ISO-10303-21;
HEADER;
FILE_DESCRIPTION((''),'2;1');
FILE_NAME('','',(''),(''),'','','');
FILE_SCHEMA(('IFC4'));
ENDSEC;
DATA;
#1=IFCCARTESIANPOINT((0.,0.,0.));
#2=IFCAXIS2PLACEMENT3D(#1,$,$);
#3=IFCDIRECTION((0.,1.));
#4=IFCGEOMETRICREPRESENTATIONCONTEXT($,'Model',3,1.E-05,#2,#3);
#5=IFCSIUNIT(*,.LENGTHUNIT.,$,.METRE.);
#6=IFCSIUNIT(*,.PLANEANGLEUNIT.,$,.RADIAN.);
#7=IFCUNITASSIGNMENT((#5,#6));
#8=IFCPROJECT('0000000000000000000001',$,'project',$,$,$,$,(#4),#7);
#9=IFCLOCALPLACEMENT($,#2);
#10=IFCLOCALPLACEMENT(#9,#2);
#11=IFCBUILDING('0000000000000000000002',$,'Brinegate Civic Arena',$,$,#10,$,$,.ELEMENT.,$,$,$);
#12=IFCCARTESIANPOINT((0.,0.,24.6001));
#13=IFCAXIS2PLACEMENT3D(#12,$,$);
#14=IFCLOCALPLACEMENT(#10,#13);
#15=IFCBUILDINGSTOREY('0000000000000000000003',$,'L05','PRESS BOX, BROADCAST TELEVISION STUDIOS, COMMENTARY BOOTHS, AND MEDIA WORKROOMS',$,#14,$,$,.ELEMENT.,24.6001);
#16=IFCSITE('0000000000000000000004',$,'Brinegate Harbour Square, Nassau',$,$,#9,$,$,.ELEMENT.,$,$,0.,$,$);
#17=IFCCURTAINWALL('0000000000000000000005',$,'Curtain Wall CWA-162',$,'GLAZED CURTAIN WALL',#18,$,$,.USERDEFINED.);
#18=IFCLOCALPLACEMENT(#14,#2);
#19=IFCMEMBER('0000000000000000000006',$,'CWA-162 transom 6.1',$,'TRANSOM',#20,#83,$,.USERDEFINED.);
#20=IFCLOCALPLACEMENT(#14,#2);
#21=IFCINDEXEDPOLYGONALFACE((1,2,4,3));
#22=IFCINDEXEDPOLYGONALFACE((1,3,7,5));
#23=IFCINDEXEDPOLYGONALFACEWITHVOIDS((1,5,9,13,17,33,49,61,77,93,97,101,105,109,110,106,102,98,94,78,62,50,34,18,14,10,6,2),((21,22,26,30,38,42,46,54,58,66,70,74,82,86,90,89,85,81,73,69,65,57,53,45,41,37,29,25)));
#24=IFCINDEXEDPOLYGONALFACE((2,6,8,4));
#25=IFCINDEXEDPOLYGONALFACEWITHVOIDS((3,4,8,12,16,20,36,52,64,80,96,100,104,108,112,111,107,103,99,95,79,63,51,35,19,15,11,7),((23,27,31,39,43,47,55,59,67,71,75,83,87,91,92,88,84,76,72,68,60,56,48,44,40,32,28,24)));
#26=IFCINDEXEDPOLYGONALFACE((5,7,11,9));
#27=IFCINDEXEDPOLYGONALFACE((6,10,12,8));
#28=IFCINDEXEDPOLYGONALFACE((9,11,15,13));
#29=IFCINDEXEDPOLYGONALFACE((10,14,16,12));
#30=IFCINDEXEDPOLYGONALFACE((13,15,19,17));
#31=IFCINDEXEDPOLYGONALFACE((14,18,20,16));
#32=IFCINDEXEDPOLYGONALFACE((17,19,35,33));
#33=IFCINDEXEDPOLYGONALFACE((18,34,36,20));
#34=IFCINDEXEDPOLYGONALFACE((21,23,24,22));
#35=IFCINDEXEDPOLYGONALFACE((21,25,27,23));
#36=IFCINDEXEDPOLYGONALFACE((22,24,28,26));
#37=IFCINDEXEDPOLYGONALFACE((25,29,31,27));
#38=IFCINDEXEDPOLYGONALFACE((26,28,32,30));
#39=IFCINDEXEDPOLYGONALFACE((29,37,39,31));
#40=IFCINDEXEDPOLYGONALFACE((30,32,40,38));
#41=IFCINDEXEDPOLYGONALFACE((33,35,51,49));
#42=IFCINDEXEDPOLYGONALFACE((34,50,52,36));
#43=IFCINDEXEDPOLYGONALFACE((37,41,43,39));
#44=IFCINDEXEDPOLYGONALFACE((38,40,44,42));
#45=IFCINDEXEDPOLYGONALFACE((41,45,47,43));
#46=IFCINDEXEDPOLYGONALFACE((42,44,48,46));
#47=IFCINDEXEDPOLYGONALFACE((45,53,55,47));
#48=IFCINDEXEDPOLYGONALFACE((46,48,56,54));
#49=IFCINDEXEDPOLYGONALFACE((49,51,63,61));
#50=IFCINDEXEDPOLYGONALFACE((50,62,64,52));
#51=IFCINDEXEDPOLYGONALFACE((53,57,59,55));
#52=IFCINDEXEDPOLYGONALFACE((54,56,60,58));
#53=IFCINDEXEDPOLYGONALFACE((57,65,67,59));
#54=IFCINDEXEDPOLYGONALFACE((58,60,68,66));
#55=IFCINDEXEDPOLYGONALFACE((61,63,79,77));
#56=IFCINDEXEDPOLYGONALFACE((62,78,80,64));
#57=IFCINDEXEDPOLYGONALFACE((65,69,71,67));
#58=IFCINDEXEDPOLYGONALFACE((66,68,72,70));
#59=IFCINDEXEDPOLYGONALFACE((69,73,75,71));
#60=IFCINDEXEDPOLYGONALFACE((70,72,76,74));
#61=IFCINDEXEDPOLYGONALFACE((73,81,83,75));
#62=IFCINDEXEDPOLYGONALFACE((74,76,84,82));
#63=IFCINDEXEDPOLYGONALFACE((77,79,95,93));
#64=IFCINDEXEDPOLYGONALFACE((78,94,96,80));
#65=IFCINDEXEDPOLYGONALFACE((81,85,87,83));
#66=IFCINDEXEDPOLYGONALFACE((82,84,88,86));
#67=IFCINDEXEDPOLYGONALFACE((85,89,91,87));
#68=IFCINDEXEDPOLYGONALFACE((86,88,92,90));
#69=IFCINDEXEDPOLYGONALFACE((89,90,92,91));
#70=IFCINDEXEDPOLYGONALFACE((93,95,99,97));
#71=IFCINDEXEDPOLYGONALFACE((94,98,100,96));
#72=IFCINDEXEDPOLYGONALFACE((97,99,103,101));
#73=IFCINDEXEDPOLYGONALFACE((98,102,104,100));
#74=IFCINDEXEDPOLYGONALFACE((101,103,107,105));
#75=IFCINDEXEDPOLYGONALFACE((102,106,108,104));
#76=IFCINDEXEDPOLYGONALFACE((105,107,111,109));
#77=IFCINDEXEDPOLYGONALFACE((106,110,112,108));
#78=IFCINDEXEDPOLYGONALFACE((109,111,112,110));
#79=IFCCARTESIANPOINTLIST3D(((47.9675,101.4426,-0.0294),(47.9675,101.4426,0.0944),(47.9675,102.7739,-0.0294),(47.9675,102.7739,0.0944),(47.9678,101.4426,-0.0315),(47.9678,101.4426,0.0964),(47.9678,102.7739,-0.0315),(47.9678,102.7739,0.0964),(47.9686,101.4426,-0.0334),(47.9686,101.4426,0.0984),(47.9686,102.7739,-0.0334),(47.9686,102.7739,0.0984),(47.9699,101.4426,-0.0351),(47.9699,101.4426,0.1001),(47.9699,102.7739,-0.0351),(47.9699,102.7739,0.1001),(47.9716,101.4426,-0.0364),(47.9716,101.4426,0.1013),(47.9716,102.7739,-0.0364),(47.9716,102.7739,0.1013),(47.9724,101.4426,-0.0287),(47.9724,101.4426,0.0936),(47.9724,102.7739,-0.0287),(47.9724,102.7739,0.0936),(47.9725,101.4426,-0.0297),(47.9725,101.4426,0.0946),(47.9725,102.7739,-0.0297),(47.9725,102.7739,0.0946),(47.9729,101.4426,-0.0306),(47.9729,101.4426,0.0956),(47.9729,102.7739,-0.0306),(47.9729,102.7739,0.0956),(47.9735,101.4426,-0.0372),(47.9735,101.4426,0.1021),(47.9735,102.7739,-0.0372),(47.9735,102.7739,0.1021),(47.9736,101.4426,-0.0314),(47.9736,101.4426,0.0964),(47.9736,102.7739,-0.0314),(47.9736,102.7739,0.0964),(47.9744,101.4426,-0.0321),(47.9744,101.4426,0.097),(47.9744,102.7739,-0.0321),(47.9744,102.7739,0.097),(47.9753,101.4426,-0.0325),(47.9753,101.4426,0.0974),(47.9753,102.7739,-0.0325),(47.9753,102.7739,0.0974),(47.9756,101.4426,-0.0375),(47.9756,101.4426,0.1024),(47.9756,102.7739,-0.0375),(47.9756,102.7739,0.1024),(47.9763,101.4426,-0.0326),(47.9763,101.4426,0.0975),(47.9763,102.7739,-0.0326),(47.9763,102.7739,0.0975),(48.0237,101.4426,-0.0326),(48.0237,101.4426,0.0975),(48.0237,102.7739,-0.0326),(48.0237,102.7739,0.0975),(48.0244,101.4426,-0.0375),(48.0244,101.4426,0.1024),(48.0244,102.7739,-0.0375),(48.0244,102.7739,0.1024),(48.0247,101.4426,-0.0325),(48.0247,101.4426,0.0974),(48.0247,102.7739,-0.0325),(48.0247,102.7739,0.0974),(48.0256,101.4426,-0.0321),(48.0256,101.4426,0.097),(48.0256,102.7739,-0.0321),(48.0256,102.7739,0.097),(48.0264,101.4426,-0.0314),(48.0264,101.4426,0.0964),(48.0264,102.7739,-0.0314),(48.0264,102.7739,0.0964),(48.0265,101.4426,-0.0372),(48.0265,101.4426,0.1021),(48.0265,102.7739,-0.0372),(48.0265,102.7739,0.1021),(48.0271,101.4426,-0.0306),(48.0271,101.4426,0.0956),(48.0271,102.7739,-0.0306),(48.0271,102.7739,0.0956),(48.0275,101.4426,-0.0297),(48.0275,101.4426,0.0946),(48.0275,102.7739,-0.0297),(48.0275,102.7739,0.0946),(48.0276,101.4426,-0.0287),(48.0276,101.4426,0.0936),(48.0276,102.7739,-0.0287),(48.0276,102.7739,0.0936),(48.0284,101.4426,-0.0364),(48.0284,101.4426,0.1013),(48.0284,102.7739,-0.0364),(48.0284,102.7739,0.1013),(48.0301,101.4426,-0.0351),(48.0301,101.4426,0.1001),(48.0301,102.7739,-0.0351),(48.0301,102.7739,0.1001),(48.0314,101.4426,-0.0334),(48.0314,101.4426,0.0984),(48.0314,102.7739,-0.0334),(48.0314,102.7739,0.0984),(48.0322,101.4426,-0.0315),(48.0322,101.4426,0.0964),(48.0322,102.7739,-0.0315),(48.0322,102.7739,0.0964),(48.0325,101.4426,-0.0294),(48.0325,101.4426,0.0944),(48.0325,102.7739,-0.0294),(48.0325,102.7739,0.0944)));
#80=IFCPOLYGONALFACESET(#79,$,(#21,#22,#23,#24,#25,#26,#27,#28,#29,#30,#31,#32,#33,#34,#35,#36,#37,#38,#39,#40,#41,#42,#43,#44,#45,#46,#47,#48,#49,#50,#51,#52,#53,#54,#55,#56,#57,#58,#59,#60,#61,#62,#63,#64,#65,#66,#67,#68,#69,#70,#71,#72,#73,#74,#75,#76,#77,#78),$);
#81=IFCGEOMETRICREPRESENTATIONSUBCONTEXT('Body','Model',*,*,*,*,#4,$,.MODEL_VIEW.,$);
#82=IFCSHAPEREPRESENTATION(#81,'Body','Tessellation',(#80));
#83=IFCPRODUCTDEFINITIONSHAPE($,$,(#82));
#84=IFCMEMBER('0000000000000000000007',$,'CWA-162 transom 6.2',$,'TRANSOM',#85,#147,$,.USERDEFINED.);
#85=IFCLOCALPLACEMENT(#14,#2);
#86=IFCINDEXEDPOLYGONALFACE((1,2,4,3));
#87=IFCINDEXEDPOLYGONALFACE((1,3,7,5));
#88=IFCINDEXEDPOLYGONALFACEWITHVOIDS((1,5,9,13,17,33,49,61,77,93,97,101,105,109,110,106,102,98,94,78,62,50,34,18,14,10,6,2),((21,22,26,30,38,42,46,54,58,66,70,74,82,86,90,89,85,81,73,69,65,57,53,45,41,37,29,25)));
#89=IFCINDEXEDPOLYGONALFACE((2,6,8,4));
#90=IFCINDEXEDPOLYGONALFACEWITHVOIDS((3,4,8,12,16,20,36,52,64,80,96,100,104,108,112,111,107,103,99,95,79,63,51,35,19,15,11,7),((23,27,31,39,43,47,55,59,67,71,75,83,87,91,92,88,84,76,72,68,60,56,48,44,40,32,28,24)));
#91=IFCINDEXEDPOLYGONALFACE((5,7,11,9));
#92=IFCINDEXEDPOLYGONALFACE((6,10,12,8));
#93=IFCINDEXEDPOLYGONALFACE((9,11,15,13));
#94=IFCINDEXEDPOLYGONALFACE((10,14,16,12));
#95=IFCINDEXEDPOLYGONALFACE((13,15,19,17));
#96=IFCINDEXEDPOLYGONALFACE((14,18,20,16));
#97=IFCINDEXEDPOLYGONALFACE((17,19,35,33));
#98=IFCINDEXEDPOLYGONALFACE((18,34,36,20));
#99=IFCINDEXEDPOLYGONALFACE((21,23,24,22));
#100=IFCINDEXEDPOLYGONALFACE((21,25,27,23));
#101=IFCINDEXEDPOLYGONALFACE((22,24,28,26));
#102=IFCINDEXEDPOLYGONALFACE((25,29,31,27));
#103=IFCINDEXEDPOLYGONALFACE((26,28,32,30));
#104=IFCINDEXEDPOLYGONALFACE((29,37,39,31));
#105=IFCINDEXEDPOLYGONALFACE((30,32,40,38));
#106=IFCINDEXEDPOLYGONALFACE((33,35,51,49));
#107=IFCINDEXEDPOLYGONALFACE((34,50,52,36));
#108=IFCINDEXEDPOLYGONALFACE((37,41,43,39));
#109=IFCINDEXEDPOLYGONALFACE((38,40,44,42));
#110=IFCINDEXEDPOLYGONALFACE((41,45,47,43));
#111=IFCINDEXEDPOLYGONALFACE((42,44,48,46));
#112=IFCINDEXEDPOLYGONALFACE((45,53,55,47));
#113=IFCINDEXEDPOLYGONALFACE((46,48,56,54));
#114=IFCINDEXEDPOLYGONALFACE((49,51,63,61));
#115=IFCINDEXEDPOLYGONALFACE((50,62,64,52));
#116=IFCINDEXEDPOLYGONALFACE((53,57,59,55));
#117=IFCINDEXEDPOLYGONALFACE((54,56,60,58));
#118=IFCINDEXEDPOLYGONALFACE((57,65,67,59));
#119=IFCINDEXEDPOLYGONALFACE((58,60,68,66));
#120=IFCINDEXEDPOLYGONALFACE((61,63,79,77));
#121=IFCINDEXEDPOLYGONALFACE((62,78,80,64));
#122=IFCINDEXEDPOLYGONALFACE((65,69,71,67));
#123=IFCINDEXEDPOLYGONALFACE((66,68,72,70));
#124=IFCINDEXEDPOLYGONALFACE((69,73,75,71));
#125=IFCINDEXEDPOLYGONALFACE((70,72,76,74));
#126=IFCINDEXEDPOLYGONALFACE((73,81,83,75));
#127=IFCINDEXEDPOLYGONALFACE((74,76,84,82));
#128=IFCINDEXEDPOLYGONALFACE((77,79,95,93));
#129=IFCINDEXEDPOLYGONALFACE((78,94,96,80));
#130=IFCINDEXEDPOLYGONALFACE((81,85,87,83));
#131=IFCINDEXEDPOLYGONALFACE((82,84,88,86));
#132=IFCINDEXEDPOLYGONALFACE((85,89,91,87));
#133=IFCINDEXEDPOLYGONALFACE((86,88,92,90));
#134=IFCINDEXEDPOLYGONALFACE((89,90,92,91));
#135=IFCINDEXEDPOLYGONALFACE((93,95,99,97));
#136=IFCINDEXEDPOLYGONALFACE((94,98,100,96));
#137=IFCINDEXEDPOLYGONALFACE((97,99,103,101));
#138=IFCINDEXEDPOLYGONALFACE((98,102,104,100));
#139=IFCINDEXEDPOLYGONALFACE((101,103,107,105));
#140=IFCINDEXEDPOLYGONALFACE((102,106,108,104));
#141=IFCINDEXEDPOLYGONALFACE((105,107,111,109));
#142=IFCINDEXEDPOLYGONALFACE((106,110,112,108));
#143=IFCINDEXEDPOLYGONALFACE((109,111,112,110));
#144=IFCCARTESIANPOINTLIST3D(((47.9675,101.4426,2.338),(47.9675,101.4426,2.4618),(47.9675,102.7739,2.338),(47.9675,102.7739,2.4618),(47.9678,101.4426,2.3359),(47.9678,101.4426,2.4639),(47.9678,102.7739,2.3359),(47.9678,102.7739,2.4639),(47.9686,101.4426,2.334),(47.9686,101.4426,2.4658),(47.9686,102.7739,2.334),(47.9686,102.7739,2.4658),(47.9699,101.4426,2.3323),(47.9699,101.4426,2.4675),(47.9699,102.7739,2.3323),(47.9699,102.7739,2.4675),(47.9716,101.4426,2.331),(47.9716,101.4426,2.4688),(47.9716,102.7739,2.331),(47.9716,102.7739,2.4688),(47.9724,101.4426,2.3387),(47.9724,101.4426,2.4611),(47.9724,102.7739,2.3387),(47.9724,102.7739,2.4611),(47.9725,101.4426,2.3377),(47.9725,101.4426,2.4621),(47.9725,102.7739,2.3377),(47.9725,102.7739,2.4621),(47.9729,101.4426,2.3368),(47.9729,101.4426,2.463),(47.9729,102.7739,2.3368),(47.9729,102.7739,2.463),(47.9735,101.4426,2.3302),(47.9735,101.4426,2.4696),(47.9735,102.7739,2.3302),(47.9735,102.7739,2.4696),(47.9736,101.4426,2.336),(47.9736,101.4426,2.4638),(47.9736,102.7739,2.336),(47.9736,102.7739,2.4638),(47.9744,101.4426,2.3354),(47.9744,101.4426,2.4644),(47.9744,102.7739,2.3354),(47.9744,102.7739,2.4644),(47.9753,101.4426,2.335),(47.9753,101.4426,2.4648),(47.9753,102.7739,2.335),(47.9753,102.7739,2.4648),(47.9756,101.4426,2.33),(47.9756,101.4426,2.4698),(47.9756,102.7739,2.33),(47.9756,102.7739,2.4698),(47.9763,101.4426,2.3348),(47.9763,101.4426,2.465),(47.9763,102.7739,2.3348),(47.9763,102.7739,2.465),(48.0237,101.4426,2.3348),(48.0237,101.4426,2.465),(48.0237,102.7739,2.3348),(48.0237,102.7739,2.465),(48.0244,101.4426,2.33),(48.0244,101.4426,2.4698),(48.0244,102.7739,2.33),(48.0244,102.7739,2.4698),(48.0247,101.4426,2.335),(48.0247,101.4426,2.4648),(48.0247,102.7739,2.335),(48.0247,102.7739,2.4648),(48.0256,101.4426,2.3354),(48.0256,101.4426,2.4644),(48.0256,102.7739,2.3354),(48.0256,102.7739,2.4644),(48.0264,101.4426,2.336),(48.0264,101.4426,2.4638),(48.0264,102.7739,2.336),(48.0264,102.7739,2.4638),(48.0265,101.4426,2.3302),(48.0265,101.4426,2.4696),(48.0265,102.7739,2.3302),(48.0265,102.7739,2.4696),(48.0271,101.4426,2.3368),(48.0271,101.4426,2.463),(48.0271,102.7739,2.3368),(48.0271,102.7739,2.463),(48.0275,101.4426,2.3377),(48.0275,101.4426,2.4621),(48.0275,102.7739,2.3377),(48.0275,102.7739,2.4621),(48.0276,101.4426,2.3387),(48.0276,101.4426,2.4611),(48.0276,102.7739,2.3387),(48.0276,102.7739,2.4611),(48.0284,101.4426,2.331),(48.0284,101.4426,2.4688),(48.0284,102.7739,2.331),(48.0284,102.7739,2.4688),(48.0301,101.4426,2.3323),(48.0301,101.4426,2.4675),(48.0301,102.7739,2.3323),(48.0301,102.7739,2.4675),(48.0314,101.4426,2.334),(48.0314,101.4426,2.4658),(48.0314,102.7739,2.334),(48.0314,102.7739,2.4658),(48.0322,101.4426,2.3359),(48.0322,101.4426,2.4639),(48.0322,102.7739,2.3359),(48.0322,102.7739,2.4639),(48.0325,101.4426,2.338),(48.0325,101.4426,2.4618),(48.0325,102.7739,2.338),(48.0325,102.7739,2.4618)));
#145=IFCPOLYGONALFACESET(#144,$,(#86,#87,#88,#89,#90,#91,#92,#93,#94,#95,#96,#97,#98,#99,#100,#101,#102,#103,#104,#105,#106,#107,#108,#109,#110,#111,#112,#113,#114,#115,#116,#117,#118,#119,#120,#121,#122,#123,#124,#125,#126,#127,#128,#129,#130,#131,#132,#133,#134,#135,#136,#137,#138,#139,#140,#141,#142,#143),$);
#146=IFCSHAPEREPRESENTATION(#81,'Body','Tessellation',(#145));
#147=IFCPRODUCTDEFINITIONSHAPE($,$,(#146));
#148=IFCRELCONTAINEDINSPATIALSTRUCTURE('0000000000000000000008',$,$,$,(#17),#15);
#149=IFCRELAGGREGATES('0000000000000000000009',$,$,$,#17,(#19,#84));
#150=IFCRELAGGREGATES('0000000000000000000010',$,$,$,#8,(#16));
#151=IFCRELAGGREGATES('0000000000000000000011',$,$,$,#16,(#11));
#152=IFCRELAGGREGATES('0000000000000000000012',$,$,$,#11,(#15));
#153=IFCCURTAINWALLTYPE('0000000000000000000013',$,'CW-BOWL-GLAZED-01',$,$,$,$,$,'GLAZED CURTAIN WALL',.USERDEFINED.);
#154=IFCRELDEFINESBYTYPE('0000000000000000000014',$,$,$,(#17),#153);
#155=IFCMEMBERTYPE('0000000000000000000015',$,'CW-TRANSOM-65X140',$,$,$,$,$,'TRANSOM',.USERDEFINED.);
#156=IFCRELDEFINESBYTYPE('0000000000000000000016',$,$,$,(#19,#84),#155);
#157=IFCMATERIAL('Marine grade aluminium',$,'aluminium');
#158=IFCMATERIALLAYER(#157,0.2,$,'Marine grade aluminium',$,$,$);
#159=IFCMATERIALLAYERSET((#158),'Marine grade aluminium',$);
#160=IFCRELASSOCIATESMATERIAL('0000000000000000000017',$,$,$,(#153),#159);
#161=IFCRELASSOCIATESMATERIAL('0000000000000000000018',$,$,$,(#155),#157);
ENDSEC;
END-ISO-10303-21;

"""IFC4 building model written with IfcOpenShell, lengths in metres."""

from ifc_helpers import new_model, si_unit, direction, frame, origin, origin_2d, place, context, subcontext, project, spatial, hollow_rectangle, extrude, material, layer, layer_set, material_profile, profile_set, type_object, element, aggregate, save


model = new_model("IFC4")

# Units and contexts
model_context = context("Model", 3, precision=1e-05, world=origin(), true_north=direction((0.0, 1.0)))
body_context = subcontext(model_context, "Body", "Model", "MODEL_VIEW")
ifc_project = project(units=[si_unit("LENGTHUNIT", "METRE"), si_unit("PLANEANGLEUNIT", "RADIAN")], contexts=[model_context])

# Site, building, storey
site_placement = place(None, origin())
site = spatial("IfcSite", under=ifc_project, at=site_placement, Name="Brinegate Harbour Square, Nassau", CompositionType="ELEMENT", RefElevation=0.0)
building_placement = place(site_placement, origin())
building = spatial("IfcBuilding", under=site, at=building_placement, Name="Brinegate Civic Arena", CompositionType="ELEMENT")
storey_placement = place(building_placement, frame((0.0, 0.0, 24.6001)))
storey = spatial("IfcBuildingStorey", under=building, at=storey_placement, Name="L05", Description="PRESS BOX, BROADCAST TELEVISION STUDIOS, COMMENTARY BOOTHS, AND MEDIA WORKROOMS", CompositionType="ELEMENT", Elevation=24.6001)

# Curtain wall, members
ifc_material_1 = material(Name="Marine grade aluminium", Category="aluminium")
ifc_layer_1 = layer(ifc_material_1, 0.2, Name="Marine grade aluminium")
ifc_layer_set_1 = layer_set([ifc_layer_1], Name="Marine grade aluminium")
curtain_wall_type = type_object("IfcCurtainWallType", Name="CW-BOWL-GLAZED-01", ElementType="GLAZED CURTAIN WALL", PredefinedType="USERDEFINED", material=ifc_layer_set_1)
curtain_wall_placement = place(storey_placement, origin())
curtain_wall = element("IfcCurtainWall", 1, at=curtain_wall_placement, inside=storey, type_object=curtain_wall_type, Name="Curtain Wall CWA-162", ObjectType="GLAZED CURTAIN WALL", PredefinedType="USERDEFINED")
ifc_material_profile_1 = material_profile(ifc_material_1, hollow_rectangle(XDim=0.0649, YDim=0.1399, WallThickness=0.0049, InnerFilletRadius=0.0039, OuterFilletRadius=0.0081, at=origin_2d()), Name="TRN65X140")
ifc_profile_set_1 = profile_set([ifc_material_profile_1], Name="Marine grade aluminium")
member_type_1 = type_object("IfcMemberType", Name="CW-TRANSOM-65X140", ElementType="TRANSOM", PredefinedType="USERDEFINED", material=ifc_profile_set_1)
member_1_placement = place(storey_placement, frame((48.0, 101.4426, 0.0325), z_axis=(0.0, 1.0, 0.0), x_axis=(-1.0, 0.0, 0.0)))
member_1 = element("IfcMember", 2, at=member_1_placement, type_object=member_type_1, Name="CWA-162 transom 6.1", ObjectType="TRANSOM", PredefinedType="USERDEFINED", context=body_context, shape_type="SweptSolid", body=[
    extrude(hollow_rectangle(XDim=0.0649, YDim=0.1399, WallThickness=0.0049, InnerFilletRadius=0.0039, OuterFilletRadius=0.0081, at=origin_2d()), origin(), (0.0, 0.0, 1.0), 1.3313),
])
member_2_placement = place(storey_placement, frame((48.0, 101.4426, 2.3999), z_axis=(0.0, 1.0, 0.0), x_axis=(-1.0, 0.0, 0.0)))
member_2 = element("IfcMember", 3, at=member_2_placement, type_object=member_type_1, Name="CWA-162 transom 6.2", ObjectType="TRANSOM", PredefinedType="USERDEFINED", context=body_context, shape_type="SweptSolid", body=[
    extrude(hollow_rectangle(XDim=0.0649, YDim=0.1399, WallThickness=0.0049, InnerFilletRadius=0.0039, OuterFilletRadius=0.0081, at=origin_2d()), origin(), (0.0, 0.0, 1.0), 1.3313),
])

aggregate(curtain_wall, [member_1, member_2])

save(model, "model.ifc")
